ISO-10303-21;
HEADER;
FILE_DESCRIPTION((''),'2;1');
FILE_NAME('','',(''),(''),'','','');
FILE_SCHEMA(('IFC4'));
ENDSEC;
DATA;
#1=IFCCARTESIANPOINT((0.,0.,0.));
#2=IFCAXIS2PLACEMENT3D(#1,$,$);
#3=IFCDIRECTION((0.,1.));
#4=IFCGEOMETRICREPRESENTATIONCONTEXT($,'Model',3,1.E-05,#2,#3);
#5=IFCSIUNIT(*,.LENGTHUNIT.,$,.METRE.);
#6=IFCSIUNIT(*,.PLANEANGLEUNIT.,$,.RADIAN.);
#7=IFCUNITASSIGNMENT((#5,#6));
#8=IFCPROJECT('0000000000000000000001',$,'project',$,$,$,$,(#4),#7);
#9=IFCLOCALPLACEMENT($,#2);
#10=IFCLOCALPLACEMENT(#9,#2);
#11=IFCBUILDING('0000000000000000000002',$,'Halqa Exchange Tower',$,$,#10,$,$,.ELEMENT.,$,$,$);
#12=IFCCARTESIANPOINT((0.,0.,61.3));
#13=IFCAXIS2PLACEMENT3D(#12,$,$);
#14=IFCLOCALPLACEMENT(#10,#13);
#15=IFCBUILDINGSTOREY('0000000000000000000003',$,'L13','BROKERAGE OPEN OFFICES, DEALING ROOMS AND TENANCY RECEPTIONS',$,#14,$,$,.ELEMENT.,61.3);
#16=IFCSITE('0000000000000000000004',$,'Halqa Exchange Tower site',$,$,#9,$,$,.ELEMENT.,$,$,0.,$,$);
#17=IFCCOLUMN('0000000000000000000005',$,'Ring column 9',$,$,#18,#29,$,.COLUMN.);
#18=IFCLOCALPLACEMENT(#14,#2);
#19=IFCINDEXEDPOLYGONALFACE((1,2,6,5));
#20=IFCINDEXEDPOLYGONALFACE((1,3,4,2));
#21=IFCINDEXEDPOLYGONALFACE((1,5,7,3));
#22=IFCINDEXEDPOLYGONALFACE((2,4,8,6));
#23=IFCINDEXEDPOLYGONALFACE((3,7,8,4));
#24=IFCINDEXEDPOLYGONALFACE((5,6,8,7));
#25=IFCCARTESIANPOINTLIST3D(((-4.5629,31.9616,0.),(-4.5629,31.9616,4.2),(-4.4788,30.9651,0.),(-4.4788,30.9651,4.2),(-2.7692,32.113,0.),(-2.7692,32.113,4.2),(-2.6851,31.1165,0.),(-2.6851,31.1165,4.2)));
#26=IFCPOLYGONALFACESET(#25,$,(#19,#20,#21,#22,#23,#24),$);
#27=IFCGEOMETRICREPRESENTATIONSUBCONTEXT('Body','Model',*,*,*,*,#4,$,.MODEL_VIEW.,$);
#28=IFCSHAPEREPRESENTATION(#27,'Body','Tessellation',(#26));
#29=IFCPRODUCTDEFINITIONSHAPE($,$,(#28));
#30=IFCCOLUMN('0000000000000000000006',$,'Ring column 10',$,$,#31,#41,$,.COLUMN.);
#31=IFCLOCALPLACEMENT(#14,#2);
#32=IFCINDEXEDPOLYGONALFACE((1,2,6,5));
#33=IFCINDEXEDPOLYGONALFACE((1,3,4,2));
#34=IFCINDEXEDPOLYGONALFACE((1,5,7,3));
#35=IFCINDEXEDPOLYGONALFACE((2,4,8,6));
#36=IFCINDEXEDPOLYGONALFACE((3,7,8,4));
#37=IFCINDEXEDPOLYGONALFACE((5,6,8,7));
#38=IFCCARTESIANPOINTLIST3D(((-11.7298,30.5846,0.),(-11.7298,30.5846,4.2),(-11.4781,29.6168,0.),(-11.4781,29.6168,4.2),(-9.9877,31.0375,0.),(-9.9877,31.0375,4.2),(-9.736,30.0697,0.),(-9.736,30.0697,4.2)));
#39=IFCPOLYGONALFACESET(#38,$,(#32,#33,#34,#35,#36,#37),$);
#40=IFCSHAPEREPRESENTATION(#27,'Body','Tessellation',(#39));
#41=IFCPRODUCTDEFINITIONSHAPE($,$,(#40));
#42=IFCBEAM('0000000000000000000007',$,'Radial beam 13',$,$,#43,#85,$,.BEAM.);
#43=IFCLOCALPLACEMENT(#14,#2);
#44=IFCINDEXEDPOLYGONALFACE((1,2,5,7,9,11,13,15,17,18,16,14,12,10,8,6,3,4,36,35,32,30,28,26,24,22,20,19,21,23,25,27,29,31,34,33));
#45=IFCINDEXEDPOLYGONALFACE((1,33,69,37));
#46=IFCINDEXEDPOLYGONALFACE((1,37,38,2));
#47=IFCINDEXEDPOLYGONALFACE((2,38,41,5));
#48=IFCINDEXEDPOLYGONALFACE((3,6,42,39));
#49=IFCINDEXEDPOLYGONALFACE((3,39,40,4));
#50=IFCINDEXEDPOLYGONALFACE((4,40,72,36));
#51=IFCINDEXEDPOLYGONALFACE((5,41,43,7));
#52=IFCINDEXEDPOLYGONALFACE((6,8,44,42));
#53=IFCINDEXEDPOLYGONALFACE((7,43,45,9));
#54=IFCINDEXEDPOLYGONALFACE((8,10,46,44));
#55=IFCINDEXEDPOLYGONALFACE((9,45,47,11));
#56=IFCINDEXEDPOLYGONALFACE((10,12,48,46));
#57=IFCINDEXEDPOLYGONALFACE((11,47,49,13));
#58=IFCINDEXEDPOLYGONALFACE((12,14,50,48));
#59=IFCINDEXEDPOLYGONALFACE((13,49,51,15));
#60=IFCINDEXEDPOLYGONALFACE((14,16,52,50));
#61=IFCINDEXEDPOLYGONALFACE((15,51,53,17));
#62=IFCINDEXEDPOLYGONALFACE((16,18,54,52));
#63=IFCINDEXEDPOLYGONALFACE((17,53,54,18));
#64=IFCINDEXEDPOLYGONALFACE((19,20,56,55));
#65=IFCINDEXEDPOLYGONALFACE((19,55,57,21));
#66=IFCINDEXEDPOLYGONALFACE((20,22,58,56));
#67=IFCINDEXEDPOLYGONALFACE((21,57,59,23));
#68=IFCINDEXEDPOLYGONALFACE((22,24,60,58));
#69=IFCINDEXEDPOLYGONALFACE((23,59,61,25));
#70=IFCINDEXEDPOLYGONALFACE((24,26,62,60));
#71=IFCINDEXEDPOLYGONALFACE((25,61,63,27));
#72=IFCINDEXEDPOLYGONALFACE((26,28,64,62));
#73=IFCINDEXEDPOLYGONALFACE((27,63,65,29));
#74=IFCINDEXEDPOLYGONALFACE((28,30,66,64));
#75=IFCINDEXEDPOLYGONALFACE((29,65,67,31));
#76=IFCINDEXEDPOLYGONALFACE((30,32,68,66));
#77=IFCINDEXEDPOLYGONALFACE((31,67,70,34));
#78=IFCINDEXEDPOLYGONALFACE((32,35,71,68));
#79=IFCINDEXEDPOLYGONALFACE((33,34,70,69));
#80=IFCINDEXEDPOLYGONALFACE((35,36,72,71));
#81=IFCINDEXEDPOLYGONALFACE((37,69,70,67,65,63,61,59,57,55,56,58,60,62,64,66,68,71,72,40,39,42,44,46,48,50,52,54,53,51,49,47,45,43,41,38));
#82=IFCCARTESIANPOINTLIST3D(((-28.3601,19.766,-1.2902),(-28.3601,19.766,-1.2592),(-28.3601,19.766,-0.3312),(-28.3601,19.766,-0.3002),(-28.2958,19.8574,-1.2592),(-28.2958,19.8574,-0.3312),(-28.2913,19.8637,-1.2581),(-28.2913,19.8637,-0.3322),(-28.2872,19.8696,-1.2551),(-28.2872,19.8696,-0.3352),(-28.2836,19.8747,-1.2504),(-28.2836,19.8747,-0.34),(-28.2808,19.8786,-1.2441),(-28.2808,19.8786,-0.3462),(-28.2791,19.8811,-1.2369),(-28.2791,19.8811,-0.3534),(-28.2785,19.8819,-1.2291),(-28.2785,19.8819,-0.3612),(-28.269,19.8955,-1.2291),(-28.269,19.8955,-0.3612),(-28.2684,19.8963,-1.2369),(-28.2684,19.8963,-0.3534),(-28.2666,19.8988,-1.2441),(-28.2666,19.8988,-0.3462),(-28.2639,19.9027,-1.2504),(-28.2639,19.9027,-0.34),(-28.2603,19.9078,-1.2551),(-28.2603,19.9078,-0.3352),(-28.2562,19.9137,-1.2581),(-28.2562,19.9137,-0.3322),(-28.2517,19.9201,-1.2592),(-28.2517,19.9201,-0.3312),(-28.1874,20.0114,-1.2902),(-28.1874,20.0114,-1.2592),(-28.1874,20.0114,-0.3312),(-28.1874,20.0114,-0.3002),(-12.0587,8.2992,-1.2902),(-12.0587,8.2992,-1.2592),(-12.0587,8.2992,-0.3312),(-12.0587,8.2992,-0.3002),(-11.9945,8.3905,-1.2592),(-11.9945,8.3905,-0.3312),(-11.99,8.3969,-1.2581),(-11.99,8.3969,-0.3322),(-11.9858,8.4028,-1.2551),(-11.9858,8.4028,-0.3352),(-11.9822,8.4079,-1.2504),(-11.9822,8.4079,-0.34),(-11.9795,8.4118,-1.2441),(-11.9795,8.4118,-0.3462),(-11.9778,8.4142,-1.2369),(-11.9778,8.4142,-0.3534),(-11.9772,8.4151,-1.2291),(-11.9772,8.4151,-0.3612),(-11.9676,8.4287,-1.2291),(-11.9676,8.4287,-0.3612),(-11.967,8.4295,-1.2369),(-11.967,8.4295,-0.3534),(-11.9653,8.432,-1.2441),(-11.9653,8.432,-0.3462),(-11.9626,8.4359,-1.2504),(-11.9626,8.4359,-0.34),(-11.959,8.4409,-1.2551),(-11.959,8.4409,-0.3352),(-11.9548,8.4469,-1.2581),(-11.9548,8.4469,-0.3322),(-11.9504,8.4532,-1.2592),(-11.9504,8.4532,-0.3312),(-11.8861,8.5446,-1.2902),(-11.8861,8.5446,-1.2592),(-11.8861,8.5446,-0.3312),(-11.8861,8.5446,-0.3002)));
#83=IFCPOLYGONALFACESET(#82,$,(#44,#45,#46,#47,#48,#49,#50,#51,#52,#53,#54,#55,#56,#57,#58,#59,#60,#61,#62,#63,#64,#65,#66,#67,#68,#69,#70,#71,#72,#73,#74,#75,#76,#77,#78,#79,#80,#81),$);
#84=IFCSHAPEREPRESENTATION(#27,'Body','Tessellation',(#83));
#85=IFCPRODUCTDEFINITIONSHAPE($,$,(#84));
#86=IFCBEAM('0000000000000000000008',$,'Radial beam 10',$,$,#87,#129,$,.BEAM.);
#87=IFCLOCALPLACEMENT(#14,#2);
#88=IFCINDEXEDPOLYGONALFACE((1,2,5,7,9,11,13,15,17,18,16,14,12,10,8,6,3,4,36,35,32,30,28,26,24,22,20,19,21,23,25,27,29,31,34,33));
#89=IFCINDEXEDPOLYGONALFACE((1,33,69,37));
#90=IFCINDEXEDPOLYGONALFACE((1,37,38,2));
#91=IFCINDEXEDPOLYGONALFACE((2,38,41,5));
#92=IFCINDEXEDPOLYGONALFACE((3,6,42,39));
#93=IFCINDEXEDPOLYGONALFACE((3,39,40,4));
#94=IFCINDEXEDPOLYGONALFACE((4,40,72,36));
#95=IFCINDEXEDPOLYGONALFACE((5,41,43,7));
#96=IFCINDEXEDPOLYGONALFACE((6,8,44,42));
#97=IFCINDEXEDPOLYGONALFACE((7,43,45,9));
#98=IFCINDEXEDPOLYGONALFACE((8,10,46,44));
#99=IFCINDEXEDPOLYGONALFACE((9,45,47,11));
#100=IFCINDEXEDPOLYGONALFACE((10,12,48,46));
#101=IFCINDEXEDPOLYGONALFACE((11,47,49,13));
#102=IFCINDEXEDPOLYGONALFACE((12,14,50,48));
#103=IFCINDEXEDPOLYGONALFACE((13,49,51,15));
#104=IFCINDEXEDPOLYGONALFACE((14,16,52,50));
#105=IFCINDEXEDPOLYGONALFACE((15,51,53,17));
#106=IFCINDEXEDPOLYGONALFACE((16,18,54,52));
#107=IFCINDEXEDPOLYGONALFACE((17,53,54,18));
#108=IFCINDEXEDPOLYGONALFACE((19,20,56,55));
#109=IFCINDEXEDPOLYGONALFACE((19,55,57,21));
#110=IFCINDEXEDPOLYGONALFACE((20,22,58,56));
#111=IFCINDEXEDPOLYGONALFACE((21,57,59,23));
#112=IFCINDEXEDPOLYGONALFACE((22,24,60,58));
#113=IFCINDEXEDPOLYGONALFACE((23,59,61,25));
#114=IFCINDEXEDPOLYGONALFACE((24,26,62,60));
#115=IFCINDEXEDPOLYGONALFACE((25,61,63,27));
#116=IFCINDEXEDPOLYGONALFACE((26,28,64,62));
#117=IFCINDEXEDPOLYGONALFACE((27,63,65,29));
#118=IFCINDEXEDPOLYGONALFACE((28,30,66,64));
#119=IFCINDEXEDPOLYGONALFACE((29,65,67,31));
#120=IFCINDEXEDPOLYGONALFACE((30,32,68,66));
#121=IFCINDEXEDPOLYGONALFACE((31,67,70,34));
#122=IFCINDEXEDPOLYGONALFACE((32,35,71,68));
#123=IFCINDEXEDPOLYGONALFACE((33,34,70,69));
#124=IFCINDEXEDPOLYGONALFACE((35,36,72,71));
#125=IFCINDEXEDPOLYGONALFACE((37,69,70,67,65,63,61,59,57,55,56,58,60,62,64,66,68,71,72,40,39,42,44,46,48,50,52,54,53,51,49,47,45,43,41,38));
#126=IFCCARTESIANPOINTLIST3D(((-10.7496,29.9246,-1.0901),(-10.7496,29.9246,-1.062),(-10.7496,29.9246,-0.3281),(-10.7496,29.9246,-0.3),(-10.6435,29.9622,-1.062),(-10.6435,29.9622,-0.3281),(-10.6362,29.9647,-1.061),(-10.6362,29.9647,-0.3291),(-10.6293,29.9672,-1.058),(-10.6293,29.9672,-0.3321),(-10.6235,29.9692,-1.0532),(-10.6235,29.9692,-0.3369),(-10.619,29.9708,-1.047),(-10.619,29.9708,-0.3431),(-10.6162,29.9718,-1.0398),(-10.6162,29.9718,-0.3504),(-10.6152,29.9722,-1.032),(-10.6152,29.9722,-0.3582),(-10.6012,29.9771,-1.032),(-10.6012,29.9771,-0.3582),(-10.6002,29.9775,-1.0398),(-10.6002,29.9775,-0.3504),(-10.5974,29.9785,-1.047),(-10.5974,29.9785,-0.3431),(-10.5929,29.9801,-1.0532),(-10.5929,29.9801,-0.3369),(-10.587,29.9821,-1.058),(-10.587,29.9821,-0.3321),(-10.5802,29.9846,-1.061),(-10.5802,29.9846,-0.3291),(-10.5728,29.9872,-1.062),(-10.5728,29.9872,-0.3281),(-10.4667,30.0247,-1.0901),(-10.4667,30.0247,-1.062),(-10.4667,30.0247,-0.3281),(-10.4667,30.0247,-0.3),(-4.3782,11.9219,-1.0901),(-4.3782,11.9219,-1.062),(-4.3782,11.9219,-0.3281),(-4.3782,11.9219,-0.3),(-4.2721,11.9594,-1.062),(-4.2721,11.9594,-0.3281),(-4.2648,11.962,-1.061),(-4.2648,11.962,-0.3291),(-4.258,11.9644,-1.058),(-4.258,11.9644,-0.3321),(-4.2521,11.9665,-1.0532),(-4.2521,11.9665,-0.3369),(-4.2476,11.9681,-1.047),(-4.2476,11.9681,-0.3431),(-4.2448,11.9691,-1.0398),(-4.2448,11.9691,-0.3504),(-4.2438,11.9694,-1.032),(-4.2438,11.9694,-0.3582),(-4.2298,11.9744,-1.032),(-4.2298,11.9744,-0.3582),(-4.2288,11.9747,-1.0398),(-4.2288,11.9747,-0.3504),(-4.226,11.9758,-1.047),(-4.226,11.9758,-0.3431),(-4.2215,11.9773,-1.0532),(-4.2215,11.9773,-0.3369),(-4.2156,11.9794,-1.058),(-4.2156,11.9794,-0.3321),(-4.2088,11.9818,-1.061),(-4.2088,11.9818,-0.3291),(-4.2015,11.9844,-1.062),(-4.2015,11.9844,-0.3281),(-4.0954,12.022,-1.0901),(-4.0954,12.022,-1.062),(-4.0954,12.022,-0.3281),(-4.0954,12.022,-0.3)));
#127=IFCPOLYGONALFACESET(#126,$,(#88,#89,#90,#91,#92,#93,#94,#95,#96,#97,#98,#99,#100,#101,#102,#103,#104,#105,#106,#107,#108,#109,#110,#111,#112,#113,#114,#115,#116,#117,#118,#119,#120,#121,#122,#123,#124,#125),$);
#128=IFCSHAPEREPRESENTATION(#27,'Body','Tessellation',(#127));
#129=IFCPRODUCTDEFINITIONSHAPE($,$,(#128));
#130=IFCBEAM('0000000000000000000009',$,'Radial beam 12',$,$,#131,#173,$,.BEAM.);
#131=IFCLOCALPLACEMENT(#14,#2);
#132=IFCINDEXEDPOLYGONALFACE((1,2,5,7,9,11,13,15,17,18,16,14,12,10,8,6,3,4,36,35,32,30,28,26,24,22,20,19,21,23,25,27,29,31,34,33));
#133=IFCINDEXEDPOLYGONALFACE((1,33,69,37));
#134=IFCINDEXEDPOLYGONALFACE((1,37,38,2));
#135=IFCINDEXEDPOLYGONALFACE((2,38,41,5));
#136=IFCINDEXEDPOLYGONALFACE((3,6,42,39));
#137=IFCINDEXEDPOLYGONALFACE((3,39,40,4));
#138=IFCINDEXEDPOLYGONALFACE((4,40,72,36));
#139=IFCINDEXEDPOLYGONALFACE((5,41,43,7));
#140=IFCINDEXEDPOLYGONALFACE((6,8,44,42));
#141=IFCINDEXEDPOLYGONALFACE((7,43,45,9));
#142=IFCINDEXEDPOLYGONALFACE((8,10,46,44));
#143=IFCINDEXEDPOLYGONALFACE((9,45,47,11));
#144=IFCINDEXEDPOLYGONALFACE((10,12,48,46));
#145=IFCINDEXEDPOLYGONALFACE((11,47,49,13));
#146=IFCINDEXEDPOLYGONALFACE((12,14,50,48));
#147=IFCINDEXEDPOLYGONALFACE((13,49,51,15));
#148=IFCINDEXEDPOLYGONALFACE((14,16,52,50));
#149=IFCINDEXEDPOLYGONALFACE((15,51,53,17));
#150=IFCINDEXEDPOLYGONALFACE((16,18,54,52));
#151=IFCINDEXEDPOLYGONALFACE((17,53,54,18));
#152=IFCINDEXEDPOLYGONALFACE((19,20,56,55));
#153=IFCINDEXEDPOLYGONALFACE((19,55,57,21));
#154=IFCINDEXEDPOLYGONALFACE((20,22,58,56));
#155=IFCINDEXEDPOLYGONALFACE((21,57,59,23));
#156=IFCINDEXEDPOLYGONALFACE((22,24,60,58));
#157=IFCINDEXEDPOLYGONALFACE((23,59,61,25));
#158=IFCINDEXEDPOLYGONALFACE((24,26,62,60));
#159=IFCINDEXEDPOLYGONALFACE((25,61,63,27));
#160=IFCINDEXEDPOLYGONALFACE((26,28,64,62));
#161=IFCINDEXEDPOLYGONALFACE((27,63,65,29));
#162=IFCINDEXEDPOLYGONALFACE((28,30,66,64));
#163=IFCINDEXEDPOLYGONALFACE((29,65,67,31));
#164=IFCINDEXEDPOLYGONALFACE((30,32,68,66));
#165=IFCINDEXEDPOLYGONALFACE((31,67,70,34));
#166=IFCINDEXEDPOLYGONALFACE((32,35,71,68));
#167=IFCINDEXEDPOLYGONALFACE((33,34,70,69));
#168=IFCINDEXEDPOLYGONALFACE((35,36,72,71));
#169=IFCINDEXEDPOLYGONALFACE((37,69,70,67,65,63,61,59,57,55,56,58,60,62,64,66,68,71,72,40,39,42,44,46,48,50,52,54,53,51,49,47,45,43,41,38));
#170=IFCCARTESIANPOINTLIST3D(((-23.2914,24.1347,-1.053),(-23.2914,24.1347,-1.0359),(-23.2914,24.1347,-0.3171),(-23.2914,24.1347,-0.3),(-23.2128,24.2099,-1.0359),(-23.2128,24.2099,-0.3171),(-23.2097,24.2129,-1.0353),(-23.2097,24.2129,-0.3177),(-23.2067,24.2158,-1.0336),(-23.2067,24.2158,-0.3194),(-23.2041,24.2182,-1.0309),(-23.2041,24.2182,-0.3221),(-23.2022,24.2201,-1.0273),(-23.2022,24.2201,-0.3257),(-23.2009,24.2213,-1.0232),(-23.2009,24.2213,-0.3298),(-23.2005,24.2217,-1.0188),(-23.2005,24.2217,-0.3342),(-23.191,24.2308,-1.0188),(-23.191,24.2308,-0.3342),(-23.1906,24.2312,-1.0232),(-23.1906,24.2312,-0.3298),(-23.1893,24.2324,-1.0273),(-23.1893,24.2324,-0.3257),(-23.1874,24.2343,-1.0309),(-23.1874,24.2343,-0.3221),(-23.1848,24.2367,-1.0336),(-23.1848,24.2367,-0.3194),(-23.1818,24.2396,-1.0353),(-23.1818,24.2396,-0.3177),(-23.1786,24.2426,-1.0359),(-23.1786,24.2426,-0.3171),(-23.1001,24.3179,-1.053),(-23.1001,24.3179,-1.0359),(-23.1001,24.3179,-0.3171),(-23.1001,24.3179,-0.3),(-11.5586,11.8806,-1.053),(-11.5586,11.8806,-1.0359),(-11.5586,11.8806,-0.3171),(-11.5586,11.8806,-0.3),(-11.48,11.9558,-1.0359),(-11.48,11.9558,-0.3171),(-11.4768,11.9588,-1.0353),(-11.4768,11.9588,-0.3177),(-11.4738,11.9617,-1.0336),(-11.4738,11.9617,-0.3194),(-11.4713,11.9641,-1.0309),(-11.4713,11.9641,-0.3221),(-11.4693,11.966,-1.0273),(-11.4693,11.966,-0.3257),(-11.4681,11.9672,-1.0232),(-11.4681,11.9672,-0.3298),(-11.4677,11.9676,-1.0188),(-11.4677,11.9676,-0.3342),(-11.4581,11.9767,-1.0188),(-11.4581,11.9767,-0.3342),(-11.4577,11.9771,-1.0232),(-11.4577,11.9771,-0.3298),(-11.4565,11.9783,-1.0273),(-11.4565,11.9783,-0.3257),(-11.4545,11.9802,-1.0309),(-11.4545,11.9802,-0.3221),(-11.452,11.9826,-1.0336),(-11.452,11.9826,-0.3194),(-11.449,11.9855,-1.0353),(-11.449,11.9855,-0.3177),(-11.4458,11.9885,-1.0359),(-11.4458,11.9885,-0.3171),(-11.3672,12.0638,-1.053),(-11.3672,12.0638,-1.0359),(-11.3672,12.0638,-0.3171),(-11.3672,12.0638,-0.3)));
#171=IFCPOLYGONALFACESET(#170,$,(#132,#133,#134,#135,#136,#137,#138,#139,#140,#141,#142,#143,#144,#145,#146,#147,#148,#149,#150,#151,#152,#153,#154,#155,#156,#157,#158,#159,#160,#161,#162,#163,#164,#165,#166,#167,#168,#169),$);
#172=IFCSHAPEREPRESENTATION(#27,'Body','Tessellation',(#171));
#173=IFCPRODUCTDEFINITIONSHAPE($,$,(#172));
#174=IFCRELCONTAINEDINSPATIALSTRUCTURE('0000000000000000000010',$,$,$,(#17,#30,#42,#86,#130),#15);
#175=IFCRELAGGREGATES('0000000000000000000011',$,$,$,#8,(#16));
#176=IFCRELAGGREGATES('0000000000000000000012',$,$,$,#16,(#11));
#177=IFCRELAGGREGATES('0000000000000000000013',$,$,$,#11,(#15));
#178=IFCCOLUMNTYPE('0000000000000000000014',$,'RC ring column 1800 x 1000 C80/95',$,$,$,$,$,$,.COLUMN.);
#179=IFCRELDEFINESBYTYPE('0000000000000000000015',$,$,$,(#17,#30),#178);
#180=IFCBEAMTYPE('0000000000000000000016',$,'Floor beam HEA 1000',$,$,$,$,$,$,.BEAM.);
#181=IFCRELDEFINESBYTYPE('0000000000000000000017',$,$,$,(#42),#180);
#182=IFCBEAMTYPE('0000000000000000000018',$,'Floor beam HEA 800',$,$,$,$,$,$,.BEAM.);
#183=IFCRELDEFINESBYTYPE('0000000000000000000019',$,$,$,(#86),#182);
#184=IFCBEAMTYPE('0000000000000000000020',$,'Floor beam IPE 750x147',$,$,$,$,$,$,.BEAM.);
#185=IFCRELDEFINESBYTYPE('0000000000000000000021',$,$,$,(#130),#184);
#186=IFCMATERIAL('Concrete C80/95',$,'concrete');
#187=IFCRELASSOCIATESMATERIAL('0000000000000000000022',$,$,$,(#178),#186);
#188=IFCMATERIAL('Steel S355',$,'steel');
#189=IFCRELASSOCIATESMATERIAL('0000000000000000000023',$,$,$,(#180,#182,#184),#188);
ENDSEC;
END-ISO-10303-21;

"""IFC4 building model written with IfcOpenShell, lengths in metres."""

from ifc_helpers import new_model, si_unit, direction, frame, origin, origin_2d, place, context, subcontext, project, spatial, rectangle, i_section, extrude, material, material_profile, profile_set, type_object, element, save


model = new_model("IFC4")

# Units and contexts
model_context = context("Model", 3, precision=1e-05, world=origin(), true_north=direction((0.0, 1.0)))
body_context = subcontext(model_context, "Body", "Model", "MODEL_VIEW")
ifc_project = project(units=[si_unit("LENGTHUNIT", "METRE"), si_unit("PLANEANGLEUNIT", "RADIAN")], contexts=[model_context])

# Site, building, storey
site_placement = place(None, origin())
site = spatial("IfcSite", under=ifc_project, at=site_placement, Name="Halqa Exchange Tower site", CompositionType="ELEMENT", RefElevation=0.0)
building_placement = place(site_placement, origin())
building = spatial("IfcBuilding", under=site, at=building_placement, Name="Halqa Exchange Tower", CompositionType="ELEMENT")
storey_placement = place(building_placement, frame((0.0, 0.0, 61.3)))
storey = spatial("IfcBuildingStorey", under=building, at=storey_placement, Name="L13", Description="BROKERAGE OPEN OFFICES, DEALING ROOMS AND TENANCY RECEPTIONS", CompositionType="ELEMENT", Elevation=61.3)

# Columns
ifc_material_1 = material(Name="Concrete C80/95", Category="concrete")
ifc_material_profile_1 = material_profile(ifc_material_1, rectangle(XDim=1.8, YDim=1.0, at=origin_2d()), Name="1800 x 1000")
ifc_profile_set_1 = profile_set([ifc_material_profile_1], Name="Concrete C80/95")
column_type = type_object("IfcColumnType", Name="RC ring column 1800 x 1000 C80/95", PredefinedType="COLUMN", material=ifc_profile_set_1)
for number, where, z_axis, x_axis, name in (
    (1, (-3.624, 31.5391, 0.0), (0.0, 0.0, 1.0), (-0.996456, -0.08412, 0.0), "Ring column 9"),
    (2, (-10.7329, 30.3271, 0.0), (0.0, 0.0, 1.0), (-0.96782, -0.251644, 0.0), "Ring column 10"),
):
    element("IfcColumn", number, at=place(storey_placement, frame(where, z_axis=z_axis, x_axis=x_axis)), inside=storey, type_object=column_type, Name=name, PredefinedType="COLUMN", context=body_context, shape_type="SweptSolid", body=[
        extrude(rectangle(XDim=1.8, YDim=1.0, at=origin_2d()), origin(), (0.0, 0.0, 1.0), 4.2),
    ])

# Beams
ifc_material_2 = material(Name="Steel S355", Category="steel")
ifc_material_profile_2 = material_profile(ifc_material_2, i_section(OverallWidth=0.3, OverallDepth=0.99, WebThickness=0.0166, FlangeThickness=0.031, FilletRadius=0.03, at=origin_2d()), Name="HEA 1000")
ifc_profile_set_2 = profile_set([ifc_material_profile_2], Name="Steel S355")
beam_type_1 = type_object("IfcBeamType", Name="Floor beam HEA 1000", PredefinedType="BEAM", material=ifc_profile_set_2)
beam_1_placement = place(storey_placement, frame((-11.9724, 8.4219, -0.7952), z_axis=(-0.817912, 0.575344, 0.0), x_axis=(-0.575344, -0.817912, 0.0)))
element("IfcBeam", 3, at=beam_1_placement, inside=storey, type_object=beam_type_1, Name="Radial beam 13", PredefinedType="BEAM", context=body_context, shape_type="SweptSolid", body=[
    extrude(i_section(OverallWidth=0.3, OverallDepth=0.99, WebThickness=0.0166, FlangeThickness=0.031, FilletRadius=0.03, at=origin_2d()), origin(), (0.0, 0.0, 1.0), 19.9304),
])
ifc_material_profile_3 = material_profile(ifc_material_2, i_section(OverallWidth=0.3, OverallDepth=0.79, WebThickness=0.0149, FlangeThickness=0.0281, FilletRadius=0.03, at=origin_2d()), Name="HEA 800")
ifc_profile_set_3 = profile_set([ifc_material_profile_3], Name="Steel S355")
beam_type_2 = type_object("IfcBeamType", Name="Floor beam HEA 800", PredefinedType="BEAM", material=ifc_profile_set_3)
beam_2_placement = place(storey_placement, frame((-4.2368, 11.9719, -0.6951), z_axis=(-0.333632, 0.942703, 0.0), x_axis=(-0.942703, -0.333632, 0.0)))
element("IfcBeam", 4, at=beam_2_placement, inside=storey, type_object=beam_type_2, Name="Radial beam 10", PredefinedType="BEAM", context=body_context, shape_type="SweptSolid", body=[
    extrude(i_section(OverallWidth=0.3, OverallDepth=0.79, WebThickness=0.0149, FlangeThickness=0.0281, FilletRadius=0.03, at=origin_2d()), origin(), (0.0, 0.0, 1.0), 19.0969),
])
ifc_material_profile_4 = material_profile(ifc_material_2, i_section(OverallWidth=0.2649, OverallDepth=0.7529, WebThickness=0.0132, FlangeThickness=0.0171, FilletRadius=0.0171, at=origin_2d()), Name="IPE 750x147")
ifc_profile_set_4 = profile_set([ifc_material_profile_4], Name="Steel S355")
beam_type_3 = type_object("IfcBeamType", Name="Floor beam IPE 750x147", PredefinedType="BEAM", material=ifc_profile_set_4)
beam_3_placement = place(storey_placement, frame((-11.4629, 11.9722, -0.6765), z_axis=(-0.691578, 0.722302, 0.0), x_axis=(-0.722302, -0.691578, 0.0)))
element("IfcBeam", 5, at=beam_3_placement, inside=storey, type_object=beam_type_3, Name="Radial beam 12", PredefinedType="BEAM", context=body_context, shape_type="SweptSolid", body=[
    extrude(i_section(OverallWidth=0.2649, OverallDepth=0.7529, WebThickness=0.0132, FlangeThickness=0.0171, FilletRadius=0.0171, at=origin_2d()), origin(), (0.0, 0.0, 1.0), 16.9653),
])

save(model, "model.ifc")
